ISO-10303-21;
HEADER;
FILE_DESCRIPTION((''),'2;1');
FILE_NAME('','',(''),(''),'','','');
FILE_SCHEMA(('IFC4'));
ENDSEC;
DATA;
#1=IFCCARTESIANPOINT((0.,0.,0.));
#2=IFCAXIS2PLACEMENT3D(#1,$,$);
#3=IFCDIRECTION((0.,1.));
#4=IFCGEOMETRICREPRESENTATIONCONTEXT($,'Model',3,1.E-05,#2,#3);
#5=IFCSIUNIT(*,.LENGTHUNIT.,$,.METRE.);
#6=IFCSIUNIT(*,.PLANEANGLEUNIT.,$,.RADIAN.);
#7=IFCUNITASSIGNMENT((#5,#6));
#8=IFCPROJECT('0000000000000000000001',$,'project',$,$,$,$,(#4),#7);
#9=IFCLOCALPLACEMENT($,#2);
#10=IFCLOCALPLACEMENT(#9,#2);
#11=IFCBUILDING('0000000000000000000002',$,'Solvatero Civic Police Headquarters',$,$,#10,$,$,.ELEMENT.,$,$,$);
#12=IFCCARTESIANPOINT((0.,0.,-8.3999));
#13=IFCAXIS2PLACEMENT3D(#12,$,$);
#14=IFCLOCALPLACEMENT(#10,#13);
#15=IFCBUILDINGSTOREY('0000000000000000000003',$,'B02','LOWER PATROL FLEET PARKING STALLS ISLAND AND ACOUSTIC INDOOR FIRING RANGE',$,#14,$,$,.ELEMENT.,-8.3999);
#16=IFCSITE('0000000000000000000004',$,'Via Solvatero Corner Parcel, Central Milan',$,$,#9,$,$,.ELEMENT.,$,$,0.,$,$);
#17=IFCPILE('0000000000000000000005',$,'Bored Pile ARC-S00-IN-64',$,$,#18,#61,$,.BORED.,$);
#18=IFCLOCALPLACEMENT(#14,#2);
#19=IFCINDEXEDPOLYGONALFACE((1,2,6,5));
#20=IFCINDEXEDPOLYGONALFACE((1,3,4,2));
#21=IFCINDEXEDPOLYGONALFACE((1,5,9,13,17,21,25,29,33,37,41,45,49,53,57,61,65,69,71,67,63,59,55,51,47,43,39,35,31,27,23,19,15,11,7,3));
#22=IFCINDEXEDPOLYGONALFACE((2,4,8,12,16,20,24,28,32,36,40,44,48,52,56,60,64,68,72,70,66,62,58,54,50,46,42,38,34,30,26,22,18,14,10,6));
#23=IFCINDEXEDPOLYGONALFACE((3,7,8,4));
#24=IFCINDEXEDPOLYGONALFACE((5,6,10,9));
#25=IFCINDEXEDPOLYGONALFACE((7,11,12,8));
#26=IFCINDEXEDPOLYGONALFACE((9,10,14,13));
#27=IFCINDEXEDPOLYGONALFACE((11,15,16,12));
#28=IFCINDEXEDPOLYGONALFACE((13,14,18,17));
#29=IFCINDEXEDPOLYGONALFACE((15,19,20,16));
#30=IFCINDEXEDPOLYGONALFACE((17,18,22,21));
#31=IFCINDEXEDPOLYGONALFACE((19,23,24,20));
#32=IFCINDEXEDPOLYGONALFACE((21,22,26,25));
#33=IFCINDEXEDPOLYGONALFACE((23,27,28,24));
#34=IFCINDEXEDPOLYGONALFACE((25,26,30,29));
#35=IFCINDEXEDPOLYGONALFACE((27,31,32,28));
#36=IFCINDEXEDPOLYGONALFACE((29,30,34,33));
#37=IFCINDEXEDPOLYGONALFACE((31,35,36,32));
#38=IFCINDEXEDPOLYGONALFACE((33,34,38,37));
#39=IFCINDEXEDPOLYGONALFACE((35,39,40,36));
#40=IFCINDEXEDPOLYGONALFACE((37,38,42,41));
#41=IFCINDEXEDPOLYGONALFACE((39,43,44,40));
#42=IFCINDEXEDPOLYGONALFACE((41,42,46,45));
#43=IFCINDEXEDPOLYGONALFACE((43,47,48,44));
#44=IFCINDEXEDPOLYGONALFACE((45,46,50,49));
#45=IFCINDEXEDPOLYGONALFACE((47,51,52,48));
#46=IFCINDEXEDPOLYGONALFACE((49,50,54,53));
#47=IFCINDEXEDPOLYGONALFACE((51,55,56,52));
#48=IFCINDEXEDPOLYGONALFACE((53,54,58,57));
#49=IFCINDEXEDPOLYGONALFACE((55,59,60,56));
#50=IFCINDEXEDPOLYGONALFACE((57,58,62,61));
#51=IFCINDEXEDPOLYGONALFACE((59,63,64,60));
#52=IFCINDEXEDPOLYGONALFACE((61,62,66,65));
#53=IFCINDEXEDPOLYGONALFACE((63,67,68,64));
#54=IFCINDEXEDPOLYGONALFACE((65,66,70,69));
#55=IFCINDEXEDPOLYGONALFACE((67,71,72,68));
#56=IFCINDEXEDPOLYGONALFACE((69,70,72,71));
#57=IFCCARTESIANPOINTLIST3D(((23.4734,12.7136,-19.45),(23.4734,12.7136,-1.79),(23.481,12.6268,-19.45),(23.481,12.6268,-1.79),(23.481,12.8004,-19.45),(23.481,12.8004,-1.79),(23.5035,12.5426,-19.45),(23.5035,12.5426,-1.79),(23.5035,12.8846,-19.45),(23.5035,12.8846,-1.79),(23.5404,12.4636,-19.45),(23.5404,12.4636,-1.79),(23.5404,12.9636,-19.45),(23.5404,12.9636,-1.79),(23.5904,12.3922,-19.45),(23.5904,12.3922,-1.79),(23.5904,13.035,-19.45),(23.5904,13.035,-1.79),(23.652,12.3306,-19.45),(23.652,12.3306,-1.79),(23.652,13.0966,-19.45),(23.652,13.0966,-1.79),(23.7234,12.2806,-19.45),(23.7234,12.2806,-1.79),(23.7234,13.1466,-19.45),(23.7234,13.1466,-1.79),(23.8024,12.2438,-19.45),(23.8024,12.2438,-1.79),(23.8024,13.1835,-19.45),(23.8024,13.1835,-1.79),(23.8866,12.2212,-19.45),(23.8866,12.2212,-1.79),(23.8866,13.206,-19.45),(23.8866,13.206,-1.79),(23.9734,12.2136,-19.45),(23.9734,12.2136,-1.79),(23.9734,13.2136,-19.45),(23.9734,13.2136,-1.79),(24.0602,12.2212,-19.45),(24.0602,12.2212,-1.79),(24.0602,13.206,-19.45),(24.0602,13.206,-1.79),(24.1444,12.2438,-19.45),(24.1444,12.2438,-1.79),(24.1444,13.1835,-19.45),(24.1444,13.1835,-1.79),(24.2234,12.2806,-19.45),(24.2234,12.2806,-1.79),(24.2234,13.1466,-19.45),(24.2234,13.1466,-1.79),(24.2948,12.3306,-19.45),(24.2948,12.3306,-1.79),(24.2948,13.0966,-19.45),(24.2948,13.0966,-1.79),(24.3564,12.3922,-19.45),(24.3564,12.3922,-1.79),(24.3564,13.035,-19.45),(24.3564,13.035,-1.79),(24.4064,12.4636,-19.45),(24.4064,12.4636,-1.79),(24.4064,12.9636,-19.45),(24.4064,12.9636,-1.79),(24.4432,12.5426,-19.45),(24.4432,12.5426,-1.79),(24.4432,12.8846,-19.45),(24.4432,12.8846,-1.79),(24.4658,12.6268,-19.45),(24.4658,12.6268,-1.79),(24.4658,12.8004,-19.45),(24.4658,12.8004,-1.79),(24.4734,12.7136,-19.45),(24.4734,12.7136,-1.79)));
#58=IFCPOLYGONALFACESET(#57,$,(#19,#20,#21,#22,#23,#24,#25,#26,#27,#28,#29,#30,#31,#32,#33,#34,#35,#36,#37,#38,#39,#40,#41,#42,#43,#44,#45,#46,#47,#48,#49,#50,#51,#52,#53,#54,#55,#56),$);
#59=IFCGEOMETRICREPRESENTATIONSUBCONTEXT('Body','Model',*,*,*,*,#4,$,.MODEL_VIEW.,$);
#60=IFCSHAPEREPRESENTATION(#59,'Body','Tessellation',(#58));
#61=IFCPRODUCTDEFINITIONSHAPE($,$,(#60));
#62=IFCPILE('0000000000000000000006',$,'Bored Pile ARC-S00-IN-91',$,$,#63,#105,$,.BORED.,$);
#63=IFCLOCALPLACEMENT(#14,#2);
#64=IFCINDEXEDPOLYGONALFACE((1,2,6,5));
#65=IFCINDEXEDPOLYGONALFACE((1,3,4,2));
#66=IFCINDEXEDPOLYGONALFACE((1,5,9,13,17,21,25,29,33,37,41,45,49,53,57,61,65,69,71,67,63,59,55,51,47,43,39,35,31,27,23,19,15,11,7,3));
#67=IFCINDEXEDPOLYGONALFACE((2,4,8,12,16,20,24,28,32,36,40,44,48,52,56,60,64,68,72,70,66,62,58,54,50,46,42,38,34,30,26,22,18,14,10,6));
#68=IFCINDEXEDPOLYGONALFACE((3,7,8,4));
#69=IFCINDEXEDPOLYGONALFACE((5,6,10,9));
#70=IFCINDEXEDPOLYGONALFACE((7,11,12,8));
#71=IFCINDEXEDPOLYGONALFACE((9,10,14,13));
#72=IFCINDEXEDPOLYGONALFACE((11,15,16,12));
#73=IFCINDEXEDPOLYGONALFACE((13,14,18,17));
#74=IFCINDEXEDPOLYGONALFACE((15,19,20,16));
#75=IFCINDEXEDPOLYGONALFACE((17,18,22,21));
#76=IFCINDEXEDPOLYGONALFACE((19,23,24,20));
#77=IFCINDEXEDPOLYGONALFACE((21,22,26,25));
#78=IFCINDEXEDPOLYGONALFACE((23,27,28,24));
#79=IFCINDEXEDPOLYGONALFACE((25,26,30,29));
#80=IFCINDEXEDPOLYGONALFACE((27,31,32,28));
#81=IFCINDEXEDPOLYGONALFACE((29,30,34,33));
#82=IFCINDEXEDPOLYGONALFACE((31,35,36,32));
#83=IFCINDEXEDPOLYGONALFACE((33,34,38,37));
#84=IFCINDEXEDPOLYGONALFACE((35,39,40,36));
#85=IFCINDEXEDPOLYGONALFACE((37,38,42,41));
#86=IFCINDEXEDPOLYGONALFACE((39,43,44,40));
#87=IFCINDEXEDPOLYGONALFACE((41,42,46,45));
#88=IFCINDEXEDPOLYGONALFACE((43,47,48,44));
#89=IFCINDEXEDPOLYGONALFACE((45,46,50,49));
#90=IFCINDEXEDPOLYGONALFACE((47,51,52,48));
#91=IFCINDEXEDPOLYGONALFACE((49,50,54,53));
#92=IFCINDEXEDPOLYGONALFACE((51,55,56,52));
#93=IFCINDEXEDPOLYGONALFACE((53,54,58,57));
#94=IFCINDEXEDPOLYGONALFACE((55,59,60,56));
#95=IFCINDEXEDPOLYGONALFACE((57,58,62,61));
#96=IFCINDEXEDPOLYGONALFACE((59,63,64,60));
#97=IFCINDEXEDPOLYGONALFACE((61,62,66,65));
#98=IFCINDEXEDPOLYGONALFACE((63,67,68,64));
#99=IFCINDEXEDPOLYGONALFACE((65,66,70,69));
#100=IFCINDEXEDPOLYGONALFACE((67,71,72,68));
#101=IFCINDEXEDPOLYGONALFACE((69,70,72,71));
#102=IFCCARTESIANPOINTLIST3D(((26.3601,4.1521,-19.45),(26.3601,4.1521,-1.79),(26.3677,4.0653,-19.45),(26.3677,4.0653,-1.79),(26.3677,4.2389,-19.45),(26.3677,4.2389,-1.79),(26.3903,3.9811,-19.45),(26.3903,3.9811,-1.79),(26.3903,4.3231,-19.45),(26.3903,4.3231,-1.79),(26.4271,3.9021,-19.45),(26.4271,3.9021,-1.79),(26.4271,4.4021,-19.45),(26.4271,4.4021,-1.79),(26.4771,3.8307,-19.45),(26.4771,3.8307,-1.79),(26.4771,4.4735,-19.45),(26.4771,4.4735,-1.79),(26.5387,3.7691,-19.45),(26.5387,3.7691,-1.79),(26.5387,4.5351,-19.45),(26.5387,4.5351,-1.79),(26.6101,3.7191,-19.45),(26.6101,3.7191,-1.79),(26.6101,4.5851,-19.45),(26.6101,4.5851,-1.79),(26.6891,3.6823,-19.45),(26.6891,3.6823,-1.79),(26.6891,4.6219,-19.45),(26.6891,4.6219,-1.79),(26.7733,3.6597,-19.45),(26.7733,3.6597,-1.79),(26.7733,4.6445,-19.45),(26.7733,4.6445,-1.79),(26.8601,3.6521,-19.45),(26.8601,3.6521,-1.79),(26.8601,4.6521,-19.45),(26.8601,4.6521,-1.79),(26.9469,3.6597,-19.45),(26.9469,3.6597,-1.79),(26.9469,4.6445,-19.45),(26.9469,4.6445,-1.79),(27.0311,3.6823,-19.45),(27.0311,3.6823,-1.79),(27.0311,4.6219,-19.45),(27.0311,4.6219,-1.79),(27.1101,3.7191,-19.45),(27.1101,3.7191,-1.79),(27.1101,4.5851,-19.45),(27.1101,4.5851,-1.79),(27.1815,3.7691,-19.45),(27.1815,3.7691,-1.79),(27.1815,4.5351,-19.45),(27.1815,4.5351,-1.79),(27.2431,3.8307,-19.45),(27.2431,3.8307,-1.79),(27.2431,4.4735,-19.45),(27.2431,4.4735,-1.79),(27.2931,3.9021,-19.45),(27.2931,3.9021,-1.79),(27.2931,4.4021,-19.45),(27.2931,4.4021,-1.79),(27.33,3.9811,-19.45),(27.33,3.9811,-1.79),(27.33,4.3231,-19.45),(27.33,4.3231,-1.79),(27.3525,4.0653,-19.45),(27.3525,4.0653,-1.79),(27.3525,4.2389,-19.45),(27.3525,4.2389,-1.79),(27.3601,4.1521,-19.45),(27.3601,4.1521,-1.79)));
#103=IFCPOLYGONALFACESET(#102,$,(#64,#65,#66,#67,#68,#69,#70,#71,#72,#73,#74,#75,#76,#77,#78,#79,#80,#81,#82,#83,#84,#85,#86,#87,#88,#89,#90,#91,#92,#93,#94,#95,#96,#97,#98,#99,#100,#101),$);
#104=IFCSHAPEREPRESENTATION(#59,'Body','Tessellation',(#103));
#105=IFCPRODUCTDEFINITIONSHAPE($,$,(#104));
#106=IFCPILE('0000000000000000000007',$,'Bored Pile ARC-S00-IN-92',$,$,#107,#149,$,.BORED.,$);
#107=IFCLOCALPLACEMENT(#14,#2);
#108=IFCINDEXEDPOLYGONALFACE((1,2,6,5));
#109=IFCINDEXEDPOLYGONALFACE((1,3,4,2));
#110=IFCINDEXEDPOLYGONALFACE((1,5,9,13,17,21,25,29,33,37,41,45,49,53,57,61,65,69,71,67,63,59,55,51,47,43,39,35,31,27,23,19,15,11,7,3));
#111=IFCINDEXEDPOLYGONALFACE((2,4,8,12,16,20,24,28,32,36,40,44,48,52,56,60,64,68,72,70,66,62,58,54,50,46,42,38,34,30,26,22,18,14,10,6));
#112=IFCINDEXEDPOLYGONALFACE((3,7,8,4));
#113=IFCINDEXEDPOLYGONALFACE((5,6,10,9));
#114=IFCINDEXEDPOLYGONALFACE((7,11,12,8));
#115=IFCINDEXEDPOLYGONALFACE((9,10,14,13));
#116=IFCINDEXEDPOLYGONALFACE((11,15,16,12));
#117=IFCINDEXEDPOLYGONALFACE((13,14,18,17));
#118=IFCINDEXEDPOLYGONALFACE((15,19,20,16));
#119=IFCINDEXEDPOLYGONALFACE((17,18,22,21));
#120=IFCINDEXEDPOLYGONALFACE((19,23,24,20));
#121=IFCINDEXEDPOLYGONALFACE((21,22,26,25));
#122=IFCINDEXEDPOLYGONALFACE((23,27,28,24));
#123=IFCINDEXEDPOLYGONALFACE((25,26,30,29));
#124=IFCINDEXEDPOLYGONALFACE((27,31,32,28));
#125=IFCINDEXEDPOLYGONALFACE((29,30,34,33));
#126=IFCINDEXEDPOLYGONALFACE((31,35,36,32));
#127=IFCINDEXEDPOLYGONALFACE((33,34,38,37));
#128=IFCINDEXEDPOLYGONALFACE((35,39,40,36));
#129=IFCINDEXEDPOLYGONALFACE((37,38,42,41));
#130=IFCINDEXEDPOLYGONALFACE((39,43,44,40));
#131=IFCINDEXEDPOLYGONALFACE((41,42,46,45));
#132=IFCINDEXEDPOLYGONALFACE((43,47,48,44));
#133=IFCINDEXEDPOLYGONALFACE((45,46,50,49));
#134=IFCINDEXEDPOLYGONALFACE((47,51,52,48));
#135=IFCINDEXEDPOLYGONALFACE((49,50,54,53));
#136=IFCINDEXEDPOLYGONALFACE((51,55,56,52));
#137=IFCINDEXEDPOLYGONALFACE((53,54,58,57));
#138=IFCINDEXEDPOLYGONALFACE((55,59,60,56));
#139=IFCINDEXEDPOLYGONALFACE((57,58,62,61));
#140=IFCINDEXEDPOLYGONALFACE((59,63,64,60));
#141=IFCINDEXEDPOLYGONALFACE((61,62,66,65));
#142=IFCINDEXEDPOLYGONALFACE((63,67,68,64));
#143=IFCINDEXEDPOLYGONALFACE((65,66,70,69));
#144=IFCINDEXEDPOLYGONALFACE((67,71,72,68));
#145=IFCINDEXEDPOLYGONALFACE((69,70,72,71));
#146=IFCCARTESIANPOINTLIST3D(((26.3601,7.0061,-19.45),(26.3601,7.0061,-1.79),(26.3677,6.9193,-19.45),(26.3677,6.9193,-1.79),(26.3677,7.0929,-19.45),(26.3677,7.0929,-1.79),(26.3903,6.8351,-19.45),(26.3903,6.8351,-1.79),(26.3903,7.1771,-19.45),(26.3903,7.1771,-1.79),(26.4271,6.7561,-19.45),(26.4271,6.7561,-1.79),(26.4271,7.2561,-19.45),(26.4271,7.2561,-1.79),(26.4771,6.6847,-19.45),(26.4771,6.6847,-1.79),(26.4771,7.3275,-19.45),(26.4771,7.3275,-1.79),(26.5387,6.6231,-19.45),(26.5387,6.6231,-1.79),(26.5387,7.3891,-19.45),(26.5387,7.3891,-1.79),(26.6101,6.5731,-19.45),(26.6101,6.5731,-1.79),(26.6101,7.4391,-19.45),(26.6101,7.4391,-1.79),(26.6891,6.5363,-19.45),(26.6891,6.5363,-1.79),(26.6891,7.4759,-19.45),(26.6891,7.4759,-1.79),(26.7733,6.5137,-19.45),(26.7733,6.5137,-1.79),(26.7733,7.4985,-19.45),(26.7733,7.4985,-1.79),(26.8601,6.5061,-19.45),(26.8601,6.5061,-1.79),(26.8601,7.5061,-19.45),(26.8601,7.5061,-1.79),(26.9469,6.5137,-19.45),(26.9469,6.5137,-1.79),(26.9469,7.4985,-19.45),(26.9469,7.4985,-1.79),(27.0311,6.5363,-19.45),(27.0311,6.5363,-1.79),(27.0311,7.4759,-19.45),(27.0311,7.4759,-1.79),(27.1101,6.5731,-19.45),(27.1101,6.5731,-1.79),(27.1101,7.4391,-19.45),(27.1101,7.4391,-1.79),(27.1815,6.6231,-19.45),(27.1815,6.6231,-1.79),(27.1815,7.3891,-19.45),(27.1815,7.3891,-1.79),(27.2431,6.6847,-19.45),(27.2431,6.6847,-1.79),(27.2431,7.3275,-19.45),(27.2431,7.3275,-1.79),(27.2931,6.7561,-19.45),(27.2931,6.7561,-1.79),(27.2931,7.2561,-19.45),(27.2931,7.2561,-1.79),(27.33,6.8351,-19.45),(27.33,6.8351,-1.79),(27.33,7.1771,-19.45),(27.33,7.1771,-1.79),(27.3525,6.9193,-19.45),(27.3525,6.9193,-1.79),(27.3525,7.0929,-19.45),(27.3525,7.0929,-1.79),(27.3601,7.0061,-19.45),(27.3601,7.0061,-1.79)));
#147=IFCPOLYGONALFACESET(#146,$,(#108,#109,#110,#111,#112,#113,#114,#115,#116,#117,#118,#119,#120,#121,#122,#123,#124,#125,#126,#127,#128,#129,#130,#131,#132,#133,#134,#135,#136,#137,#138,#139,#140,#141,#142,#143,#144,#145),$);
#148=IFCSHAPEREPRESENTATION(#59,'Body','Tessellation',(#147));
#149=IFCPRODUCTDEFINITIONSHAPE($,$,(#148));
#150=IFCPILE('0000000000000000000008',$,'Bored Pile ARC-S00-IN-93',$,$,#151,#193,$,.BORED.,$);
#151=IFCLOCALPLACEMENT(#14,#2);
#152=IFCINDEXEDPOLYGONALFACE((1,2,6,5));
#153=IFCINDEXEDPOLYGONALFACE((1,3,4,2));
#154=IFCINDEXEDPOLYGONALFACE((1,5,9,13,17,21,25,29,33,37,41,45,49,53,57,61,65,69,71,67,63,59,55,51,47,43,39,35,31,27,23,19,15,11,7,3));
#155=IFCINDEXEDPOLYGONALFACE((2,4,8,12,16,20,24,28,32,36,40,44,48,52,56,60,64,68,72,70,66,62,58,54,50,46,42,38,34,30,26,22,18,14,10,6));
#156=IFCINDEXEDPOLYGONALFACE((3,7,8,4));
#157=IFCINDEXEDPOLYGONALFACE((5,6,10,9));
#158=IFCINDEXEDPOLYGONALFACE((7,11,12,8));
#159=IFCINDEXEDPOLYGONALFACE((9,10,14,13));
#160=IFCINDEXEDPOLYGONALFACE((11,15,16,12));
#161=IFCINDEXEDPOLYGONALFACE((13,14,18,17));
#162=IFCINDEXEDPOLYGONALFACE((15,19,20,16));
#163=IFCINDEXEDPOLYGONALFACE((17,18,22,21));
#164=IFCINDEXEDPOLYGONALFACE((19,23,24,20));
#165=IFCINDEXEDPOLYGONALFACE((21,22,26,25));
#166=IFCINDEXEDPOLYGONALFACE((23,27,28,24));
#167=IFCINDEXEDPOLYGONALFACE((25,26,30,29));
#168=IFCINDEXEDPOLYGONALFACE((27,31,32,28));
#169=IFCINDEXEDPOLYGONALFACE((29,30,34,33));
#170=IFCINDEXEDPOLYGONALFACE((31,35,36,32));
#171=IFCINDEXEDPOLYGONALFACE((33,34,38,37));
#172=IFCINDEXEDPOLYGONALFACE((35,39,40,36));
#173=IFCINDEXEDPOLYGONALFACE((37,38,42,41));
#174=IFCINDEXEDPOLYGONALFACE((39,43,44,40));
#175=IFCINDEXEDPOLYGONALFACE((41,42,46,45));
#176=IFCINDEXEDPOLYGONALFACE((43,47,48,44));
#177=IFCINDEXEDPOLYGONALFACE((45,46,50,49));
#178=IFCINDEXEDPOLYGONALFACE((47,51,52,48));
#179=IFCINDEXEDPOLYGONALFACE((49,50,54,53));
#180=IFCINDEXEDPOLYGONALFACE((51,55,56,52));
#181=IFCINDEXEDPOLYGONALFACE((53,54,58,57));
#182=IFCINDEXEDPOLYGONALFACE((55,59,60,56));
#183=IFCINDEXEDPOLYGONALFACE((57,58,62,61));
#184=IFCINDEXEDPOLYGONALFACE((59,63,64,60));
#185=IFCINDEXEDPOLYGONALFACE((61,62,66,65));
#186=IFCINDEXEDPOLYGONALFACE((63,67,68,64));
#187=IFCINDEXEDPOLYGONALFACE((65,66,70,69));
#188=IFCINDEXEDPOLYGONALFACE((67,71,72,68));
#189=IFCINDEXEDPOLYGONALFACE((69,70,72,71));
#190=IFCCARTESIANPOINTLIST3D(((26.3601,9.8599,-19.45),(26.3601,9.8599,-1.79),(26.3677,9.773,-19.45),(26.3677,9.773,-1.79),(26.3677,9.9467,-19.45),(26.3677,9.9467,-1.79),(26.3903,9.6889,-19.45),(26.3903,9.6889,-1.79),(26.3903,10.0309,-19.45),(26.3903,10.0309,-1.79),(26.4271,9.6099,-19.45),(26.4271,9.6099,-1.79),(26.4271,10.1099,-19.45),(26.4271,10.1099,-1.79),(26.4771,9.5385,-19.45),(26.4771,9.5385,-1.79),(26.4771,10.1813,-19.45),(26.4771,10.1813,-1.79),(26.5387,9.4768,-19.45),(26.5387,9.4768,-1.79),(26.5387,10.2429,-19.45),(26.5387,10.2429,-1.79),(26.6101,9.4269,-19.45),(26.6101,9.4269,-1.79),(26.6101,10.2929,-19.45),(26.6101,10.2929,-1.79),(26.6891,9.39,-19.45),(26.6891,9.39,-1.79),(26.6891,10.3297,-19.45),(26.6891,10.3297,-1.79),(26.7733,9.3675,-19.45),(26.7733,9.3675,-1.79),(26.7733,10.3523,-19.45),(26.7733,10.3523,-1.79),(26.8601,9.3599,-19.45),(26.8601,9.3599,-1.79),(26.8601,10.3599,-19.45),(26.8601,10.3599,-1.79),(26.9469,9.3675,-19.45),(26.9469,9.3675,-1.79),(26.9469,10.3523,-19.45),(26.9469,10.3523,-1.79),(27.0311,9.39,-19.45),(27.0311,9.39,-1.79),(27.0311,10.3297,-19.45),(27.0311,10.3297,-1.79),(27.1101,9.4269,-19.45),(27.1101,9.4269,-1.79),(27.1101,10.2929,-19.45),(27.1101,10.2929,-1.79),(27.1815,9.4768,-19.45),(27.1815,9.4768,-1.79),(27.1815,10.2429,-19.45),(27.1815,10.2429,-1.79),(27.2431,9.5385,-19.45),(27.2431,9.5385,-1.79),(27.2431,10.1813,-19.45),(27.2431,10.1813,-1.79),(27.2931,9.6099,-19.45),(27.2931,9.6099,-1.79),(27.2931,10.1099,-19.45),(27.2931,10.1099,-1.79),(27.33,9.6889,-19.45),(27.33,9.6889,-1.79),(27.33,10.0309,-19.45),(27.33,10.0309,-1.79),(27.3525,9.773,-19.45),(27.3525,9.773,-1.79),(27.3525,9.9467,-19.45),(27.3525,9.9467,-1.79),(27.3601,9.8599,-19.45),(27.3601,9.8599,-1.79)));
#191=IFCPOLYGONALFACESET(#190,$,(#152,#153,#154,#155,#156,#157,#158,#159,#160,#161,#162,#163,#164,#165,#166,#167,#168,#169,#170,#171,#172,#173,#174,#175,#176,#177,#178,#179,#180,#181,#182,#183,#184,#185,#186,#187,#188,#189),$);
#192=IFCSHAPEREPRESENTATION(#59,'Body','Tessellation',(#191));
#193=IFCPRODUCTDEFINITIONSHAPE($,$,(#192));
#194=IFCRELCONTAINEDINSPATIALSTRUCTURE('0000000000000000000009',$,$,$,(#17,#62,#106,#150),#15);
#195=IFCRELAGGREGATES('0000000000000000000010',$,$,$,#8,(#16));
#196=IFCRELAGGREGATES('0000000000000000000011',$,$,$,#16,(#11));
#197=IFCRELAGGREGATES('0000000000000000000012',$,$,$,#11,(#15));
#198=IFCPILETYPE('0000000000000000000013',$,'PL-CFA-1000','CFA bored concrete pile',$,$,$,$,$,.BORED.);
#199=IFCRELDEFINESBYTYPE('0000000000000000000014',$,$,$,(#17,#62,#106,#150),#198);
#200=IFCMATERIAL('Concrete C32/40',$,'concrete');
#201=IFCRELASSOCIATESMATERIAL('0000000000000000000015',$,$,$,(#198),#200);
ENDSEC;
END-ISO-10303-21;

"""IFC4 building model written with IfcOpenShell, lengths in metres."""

from ifc_helpers import new_model, si_unit, direction, frame, origin, origin_2d, place, context, subcontext, project, spatial, circle, extrude, material, material_profile, profile_set, type_object, element, save


model = new_model("IFC4")

# Units and contexts
model_context = context("Model", 3, precision=1e-05, world=origin(), true_north=direction((0.0, 1.0)))
body_context = subcontext(model_context, "Body", "Model", "MODEL_VIEW")
ifc_project = project(units=[si_unit("LENGTHUNIT", "METRE"), si_unit("PLANEANGLEUNIT", "RADIAN")], contexts=[model_context])

# Site, building, storey
site_placement = place(None, origin())
site = spatial("IfcSite", under=ifc_project, at=site_placement, Name="Via Solvatero Corner Parcel, Central Milan", CompositionType="ELEMENT", RefElevation=0.0)
building_placement = place(site_placement, origin())
building = spatial("IfcBuilding", under=site, at=building_placement, Name="Solvatero Civic Police Headquarters", CompositionType="ELEMENT")
storey_placement = place(building_placement, frame((0.0, 0.0, -8.3999)))
storey = spatial("IfcBuildingStorey", under=building, at=storey_placement, Name="B02", Description="LOWER PATROL FLEET PARKING STALLS ISLAND AND ACOUSTIC INDOOR FIRING RANGE", CompositionType="ELEMENT", Elevation=-8.3999)

# Piles
ifc_material_1 = material(Name="Concrete C32/40", Category="concrete")
ifc_material_profile_1 = material_profile(ifc_material_1, circle(Radius=0.5, at=origin_2d()), Name="CFA PILE D1000")
ifc_profile_set_1 = profile_set([ifc_material_profile_1], Name="Concrete C32/40")
pile_type_1 = type_object("IfcPileType", Name="PL-CFA-1000", Description="CFA bored concrete pile", PredefinedType="BORED", material=ifc_profile_set_1)
for number, where, z_axis, x_axis, name in (
    (1, (23.9734, 12.7136, -1.79), (0.0, 0.0, -1.0), (1.0, 0.0, 0.0), "Bored Pile ARC-S00-IN-64"),
    (2, (26.8601, 4.1521, -1.79), (0.0, 0.0, -1.0), (1.0, 0.0, 0.0), "Bored Pile ARC-S00-IN-91"),
    (3, (26.8601, 7.0061, -1.79), (0.0, 0.0, -1.0), (1.0, 0.0, 0.0), "Bored Pile ARC-S00-IN-92"),
    (4, (26.8601, 9.8599, -1.79), (0.0, 0.0, -1.0), (1.0, 0.0, 0.0), "Bored Pile ARC-S00-IN-93"),
):
    element("IfcPile", number, at=place(storey_placement, frame(where, z_axis=z_axis, x_axis=x_axis)), inside=storey, type_object=pile_type_1, Name=name, PredefinedType="BORED", context=body_context, shape_type="SweptSolid", body=[
        extrude(circle(Radius=0.5, at=origin_2d()), origin(), (0.0, 0.0, 1.0), 17.6599),
    ])

save(model, "model.ifc")
